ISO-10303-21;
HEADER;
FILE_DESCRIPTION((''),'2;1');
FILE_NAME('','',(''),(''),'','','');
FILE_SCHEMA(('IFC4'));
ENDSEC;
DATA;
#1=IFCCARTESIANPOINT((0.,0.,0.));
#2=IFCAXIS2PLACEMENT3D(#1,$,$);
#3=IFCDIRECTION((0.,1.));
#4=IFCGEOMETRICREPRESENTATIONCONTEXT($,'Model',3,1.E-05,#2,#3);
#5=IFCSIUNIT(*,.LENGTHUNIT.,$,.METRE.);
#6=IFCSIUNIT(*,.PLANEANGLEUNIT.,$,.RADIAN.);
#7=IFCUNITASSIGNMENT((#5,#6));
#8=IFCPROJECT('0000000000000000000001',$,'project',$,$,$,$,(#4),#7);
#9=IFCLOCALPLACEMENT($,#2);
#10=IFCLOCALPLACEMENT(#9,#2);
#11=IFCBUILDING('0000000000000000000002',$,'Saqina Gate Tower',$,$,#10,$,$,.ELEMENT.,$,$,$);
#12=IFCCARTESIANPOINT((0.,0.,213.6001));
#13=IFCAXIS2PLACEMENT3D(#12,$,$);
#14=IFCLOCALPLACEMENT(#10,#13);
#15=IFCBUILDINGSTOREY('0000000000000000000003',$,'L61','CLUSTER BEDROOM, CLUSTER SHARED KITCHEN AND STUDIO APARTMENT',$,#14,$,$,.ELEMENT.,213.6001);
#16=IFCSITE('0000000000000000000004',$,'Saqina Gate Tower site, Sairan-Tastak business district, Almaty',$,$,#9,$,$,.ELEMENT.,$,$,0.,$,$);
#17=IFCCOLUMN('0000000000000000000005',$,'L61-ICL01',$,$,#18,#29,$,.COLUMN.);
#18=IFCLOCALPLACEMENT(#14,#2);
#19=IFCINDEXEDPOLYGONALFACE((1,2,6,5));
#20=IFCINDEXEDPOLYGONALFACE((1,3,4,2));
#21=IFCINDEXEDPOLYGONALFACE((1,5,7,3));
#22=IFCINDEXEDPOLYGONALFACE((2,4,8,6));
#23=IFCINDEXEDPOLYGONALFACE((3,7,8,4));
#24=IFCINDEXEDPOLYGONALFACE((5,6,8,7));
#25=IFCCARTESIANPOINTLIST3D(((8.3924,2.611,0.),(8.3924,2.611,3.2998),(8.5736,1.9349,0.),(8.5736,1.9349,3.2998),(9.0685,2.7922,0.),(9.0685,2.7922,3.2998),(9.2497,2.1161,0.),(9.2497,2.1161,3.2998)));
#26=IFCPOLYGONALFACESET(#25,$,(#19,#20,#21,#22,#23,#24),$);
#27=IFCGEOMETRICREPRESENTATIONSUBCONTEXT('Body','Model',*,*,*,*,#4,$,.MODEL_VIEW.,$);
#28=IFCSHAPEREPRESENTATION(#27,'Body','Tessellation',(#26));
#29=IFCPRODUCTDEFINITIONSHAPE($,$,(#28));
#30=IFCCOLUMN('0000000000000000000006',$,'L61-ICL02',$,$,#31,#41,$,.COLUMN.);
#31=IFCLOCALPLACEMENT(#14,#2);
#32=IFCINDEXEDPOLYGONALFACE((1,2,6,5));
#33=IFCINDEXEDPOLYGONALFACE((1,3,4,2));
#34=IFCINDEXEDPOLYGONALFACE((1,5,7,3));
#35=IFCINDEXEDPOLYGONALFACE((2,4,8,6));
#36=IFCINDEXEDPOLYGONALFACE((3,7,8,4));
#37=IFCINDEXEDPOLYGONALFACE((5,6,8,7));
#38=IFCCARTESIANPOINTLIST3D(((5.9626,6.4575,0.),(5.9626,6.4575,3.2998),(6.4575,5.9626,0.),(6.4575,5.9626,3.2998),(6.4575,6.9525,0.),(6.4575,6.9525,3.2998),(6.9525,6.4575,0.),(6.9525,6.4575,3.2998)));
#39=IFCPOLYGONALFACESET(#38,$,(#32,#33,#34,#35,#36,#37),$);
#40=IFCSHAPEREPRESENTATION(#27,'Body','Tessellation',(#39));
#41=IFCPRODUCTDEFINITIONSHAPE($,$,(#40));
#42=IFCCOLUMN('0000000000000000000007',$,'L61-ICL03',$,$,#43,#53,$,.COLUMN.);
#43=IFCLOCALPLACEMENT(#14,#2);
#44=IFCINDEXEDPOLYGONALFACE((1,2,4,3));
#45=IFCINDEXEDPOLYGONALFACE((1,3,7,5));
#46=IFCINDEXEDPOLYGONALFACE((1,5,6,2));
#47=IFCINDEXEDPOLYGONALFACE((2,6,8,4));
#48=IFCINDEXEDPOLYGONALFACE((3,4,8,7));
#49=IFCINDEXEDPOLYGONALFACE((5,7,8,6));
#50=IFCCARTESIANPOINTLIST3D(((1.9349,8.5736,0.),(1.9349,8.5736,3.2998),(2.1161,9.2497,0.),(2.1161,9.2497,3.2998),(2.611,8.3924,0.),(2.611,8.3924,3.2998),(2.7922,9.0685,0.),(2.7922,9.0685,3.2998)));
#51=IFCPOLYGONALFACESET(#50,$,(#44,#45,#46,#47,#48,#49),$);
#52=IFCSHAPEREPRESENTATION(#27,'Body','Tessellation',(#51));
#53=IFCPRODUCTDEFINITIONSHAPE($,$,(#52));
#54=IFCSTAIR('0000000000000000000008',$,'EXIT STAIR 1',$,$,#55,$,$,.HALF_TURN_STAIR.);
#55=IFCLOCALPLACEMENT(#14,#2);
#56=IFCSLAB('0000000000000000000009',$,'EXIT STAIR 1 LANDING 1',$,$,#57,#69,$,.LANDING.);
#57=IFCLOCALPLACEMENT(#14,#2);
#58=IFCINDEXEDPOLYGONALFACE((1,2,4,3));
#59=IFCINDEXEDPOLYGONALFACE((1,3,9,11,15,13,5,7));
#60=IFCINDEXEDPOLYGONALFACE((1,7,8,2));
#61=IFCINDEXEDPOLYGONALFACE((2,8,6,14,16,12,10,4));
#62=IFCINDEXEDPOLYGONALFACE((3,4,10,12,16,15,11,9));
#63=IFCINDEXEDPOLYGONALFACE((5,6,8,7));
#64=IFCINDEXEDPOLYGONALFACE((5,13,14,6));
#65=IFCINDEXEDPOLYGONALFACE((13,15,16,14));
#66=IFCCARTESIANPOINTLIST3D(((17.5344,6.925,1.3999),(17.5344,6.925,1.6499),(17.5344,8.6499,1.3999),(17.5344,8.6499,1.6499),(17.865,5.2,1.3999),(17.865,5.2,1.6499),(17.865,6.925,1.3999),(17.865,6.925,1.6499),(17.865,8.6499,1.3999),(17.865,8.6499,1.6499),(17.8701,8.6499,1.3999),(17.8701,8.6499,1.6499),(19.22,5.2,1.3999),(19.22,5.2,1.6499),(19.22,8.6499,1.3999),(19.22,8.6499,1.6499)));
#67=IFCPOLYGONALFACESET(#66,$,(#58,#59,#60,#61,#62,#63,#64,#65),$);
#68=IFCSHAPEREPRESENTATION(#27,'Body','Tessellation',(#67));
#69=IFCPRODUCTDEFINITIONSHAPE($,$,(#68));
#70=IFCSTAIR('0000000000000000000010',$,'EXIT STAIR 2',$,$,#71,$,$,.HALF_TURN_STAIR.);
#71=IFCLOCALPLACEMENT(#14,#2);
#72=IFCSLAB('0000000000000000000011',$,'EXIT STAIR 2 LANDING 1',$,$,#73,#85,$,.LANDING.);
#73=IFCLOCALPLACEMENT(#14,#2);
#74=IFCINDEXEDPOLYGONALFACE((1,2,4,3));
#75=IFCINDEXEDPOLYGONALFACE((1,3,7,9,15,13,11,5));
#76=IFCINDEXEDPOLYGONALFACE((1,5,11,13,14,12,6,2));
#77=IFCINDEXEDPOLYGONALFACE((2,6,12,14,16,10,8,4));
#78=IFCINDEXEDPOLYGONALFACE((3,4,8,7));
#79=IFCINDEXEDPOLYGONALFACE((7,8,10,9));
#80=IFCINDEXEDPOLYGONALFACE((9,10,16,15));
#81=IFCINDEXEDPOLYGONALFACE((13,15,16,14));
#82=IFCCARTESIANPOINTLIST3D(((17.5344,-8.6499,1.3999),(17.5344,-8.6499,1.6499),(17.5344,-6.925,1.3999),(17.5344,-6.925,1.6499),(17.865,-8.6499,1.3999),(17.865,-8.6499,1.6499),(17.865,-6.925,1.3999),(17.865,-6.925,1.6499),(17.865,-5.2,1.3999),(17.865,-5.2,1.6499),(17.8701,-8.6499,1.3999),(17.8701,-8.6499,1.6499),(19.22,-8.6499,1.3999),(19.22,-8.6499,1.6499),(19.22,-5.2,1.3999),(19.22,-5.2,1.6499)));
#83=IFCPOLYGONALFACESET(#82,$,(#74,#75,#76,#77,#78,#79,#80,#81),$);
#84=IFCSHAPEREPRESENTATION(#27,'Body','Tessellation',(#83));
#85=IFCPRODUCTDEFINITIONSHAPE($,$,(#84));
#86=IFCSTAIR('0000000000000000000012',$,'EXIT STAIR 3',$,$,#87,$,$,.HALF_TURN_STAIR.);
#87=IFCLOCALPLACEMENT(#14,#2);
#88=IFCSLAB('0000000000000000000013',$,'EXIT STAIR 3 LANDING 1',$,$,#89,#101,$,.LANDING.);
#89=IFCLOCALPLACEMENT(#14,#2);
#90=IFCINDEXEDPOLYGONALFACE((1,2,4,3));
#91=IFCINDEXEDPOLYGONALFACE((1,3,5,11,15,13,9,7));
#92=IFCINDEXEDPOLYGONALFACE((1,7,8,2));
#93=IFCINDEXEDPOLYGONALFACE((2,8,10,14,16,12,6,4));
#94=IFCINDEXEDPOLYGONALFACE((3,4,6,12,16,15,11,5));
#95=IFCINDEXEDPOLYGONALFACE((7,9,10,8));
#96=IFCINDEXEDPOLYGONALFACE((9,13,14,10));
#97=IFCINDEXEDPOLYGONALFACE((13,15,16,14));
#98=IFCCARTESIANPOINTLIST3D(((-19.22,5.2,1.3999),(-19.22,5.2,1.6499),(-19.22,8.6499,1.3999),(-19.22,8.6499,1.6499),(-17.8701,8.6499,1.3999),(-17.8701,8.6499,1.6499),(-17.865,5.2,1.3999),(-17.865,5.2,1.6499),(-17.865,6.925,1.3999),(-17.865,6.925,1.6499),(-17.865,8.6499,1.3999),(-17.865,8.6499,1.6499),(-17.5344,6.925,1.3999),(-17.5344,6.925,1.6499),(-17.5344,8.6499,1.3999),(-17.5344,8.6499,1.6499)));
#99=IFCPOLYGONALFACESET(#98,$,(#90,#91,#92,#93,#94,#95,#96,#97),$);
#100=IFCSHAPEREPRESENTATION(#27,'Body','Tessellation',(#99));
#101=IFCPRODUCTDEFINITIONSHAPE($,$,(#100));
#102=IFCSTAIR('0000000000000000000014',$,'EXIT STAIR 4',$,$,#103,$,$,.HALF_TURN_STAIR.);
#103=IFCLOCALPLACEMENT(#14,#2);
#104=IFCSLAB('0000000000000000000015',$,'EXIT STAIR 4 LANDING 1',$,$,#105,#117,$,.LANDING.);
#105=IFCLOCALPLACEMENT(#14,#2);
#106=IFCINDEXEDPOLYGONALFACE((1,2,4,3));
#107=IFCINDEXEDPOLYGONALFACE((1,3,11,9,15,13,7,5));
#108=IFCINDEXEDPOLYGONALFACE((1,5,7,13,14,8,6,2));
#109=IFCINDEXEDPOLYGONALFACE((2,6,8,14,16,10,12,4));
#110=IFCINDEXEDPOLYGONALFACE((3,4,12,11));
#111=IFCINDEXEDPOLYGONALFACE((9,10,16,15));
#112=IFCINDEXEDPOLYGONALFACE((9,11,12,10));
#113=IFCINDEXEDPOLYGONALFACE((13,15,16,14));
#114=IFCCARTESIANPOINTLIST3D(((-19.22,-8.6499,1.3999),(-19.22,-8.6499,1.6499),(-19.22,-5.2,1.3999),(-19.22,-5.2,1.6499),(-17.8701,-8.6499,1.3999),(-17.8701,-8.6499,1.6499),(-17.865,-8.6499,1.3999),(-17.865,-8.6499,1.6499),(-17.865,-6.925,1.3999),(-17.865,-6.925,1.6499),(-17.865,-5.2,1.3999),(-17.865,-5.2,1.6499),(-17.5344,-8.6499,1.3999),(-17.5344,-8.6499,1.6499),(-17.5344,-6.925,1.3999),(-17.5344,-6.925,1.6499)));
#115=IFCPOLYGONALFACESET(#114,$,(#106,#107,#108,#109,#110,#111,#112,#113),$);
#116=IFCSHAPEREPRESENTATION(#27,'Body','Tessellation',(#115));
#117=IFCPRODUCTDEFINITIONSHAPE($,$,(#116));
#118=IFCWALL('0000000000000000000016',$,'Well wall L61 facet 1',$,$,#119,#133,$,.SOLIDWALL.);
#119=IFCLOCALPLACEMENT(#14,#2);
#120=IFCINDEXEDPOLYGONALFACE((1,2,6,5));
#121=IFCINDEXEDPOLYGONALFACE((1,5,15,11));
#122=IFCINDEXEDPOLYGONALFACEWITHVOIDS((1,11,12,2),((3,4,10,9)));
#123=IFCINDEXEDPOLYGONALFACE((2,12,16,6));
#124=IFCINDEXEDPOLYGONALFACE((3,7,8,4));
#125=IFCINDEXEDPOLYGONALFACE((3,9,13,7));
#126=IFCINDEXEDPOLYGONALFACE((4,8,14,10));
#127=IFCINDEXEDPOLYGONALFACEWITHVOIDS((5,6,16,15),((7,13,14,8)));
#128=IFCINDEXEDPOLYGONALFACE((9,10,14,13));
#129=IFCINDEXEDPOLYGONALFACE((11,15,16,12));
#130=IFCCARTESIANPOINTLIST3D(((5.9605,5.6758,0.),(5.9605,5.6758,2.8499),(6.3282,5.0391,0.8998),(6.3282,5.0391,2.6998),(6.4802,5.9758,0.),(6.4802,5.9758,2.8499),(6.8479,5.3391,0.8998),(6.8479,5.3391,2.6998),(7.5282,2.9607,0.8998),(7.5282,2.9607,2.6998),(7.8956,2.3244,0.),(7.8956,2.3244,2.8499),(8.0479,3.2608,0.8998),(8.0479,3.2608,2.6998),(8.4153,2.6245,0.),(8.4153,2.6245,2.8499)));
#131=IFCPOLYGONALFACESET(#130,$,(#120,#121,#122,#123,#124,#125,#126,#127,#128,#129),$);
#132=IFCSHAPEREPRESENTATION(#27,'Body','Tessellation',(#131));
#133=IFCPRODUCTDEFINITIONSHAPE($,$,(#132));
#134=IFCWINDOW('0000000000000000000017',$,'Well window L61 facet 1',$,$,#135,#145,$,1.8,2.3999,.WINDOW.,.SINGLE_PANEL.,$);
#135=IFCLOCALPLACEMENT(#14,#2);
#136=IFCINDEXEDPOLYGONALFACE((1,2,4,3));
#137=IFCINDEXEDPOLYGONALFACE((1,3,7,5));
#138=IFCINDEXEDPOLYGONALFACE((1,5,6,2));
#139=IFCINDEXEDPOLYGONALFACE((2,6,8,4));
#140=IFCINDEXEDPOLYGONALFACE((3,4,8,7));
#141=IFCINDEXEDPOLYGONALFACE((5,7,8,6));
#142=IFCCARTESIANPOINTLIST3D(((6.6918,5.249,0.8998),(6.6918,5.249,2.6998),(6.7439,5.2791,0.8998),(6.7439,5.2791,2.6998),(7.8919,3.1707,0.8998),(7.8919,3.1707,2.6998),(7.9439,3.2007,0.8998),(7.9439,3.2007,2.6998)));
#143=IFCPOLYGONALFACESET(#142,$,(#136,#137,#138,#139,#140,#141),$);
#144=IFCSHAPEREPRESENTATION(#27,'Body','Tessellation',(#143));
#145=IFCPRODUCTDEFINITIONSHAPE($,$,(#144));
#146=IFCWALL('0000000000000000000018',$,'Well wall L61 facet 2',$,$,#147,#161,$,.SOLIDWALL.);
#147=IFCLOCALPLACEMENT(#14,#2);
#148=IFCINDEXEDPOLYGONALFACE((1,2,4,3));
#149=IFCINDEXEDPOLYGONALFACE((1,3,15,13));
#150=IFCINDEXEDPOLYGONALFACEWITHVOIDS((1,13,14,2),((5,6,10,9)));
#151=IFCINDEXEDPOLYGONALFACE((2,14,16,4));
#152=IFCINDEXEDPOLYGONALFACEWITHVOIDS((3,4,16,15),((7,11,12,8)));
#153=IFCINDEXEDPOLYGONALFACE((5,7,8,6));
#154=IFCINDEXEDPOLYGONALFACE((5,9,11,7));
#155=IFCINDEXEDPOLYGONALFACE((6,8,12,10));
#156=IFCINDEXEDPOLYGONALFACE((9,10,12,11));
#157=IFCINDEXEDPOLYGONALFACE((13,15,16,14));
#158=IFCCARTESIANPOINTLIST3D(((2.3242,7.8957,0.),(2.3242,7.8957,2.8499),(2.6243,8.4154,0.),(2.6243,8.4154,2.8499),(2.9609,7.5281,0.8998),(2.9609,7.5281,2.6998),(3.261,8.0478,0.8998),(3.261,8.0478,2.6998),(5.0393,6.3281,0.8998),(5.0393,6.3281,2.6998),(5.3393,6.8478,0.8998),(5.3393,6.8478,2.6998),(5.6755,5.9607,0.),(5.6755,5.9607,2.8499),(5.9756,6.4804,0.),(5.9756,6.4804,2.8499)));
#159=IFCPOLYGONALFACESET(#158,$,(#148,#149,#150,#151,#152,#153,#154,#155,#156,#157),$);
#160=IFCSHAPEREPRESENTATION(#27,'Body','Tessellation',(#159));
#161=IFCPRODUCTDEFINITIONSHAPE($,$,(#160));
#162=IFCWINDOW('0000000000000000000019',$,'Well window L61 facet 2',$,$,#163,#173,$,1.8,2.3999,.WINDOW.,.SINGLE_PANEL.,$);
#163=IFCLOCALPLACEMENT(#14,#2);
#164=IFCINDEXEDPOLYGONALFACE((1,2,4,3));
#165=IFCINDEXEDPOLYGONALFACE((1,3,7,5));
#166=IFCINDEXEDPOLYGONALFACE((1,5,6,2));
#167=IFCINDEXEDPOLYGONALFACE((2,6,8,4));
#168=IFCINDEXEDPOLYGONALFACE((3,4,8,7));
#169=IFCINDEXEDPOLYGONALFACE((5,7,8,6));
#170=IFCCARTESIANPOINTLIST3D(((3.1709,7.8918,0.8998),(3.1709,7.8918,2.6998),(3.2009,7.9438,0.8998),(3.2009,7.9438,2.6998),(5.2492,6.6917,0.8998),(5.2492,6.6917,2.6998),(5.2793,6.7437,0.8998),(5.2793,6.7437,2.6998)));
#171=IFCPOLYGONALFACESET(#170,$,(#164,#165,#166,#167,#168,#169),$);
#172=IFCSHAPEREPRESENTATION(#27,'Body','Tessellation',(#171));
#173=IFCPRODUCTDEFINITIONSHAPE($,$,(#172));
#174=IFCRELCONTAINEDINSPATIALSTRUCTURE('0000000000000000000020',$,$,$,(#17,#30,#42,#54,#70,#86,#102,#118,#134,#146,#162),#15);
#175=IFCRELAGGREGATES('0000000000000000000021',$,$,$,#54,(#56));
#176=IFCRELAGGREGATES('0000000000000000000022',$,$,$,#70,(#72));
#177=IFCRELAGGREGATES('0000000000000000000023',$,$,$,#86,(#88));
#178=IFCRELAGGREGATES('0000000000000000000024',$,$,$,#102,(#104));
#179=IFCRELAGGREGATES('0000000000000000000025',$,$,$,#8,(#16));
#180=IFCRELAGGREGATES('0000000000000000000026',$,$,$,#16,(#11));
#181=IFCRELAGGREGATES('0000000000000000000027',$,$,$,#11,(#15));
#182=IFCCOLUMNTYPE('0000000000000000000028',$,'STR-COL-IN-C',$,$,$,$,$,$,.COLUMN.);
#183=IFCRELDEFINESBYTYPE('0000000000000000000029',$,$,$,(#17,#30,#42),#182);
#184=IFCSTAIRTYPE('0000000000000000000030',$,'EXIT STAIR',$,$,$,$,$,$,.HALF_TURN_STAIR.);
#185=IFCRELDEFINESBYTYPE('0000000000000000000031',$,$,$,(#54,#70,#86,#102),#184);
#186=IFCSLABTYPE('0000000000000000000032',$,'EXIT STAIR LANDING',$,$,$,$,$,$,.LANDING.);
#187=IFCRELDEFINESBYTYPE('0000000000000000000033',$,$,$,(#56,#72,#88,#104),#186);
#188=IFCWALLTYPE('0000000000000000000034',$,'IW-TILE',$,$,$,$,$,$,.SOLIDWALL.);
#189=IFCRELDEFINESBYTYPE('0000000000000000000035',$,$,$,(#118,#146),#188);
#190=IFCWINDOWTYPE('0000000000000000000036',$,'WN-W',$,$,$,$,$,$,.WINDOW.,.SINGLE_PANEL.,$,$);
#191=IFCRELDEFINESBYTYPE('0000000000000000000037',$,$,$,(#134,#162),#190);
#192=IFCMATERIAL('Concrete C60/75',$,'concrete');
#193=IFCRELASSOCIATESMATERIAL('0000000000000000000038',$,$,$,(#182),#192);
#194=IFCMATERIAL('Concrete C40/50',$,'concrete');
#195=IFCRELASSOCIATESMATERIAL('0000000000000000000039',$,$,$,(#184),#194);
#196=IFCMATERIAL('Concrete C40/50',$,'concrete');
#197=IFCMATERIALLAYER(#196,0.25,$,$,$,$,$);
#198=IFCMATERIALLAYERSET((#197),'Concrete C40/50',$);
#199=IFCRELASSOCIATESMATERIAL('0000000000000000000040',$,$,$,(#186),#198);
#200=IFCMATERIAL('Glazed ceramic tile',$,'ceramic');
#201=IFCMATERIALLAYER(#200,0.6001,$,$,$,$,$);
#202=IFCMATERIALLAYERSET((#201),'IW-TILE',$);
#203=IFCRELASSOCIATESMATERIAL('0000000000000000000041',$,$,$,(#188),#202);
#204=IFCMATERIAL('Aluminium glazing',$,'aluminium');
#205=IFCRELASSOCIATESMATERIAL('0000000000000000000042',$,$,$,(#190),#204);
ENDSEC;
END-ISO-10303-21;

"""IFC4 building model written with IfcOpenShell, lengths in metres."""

from ifc_helpers import new_model, si_unit, direction, frame, frame_2d, origin, origin_2d, place, context, subcontext, project, spatial, polyline, rectangle, outline, extrude, material, layer, layer_set, material_profile, profile_set, type_object, element, fill, aggregate, save


model = new_model("IFC4")

# Units and contexts
model_context = context("Model", 3, precision=1e-05, world=origin(), true_north=direction((0.0, 1.0)))
body_context = subcontext(model_context, "Body", "Model", "MODEL_VIEW")
ifc_project = project(units=[si_unit("LENGTHUNIT", "METRE"), si_unit("PLANEANGLEUNIT", "RADIAN")], contexts=[model_context])

# Site, building, storey
site_placement = place(None, origin())
site = spatial("IfcSite", under=ifc_project, at=site_placement, Name="Saqina Gate Tower site, Sairan-Tastak business district, Almaty", CompositionType="ELEMENT", RefElevation=0.0)
building_placement = place(site_placement, origin())
building = spatial("IfcBuilding", under=site, at=building_placement, Name="Saqina Gate Tower", CompositionType="ELEMENT")
storey_placement = place(building_placement, frame((0.0, 0.0, 213.6001)))
storey = spatial("IfcBuildingStorey", under=building, at=storey_placement, Name="L61", Description="CLUSTER BEDROOM, CLUSTER SHARED KITCHEN AND STUDIO APARTMENT", CompositionType="ELEMENT", Elevation=213.6001)

# Columns
ifc_material_1 = material(Name="Concrete C60/75", Category="concrete")
ifc_material_profile = material_profile(ifc_material_1, rectangle(XDim=0.7, YDim=0.7, at=origin_2d()), Name="RC 700x700")
ifc_profile_set = profile_set([ifc_material_profile], Name="Concrete C60/75")
column_type = type_object("IfcColumnType", Name="STR-COL-IN-C", PredefinedType="COLUMN", material=ifc_profile_set)
for number, where, z_axis, x_axis, name in (
    (1, (8.821, 2.3635, 0.0), (0.0, 0.0, 1.0), (0.965926, 0.258819, 0.0), "L61-ICL01"),
    (2, (6.4575, 6.4575, 0.0), (0.0, 0.0, 1.0), (0.707107, 0.707107, 0.0), "L61-ICL02"),
    (3, (2.3635, 8.821, 0.0), (0.0, 0.0, 1.0), (0.258819, 0.965926, 0.0), "L61-ICL03"),
):
    element("IfcColumn", number, at=place(storey_placement, frame(where, z_axis=z_axis, x_axis=x_axis)), inside=storey, type_object=column_type, Name=name, PredefinedType="COLUMN", context=body_context, shape_type="SweptSolid", body=[
        extrude(rectangle(XDim=0.7, YDim=0.7, at=origin_2d()), origin(), (0.0, 0.0, 1.0), 3.2998),
    ])

# Stairs, slabs
ifc_material_2 = material(Name="Concrete C40/50", Category="concrete")
stair_type = type_object("IfcStairType", Name="EXIT STAIR", PredefinedType="HALF_TURN_STAIR", material=ifc_material_2)
stair_1_placement = place(storey_placement, origin())
stair_1 = element("IfcStair", 4, at=stair_1_placement, inside=storey, type_object=stair_type, Name="EXIT STAIR 1", PredefinedType="HALF_TURN_STAIR")
ifc_material_3 = material(Name="Concrete C40/50", Category="concrete")
ifc_layer_1 = layer(ifc_material_3, 0.25)
ifc_layer_set_1 = layer_set([ifc_layer_1], Name="Concrete C40/50")
slab_type = type_object("IfcSlabType", Name="EXIT STAIR LANDING", PredefinedType="LANDING", material=ifc_layer_set_1)
slab_1_placement = place(storey_placement, frame((0.0, 0.0, 1.3999)))
slab_1 = element("IfcSlab", 5, at=slab_1_placement, type_object=slab_type, Name="EXIT STAIR 1 LANDING 1", PredefinedType="LANDING", context=body_context, shape_type="SweptSolid", body=[
    extrude(outline(polyline([(19.22, 8.6499), (19.22, 5.2), (17.865, 5.2), (17.865, 6.925), (17.5344, 6.925), (17.5344, 8.6499), (17.865, 8.6499), (17.8701, 8.6499), (19.22, 8.6499)])), origin(), (0.0, 0.0, 1.0), 0.25),
])
aggregate(stair_1, [slab_1])
stair_2_placement = place(storey_placement, origin())
stair_2 = element("IfcStair", 6, at=stair_2_placement, inside=storey, type_object=stair_type, Name="EXIT STAIR 2", PredefinedType="HALF_TURN_STAIR")
slab_2_placement = place(storey_placement, frame((0.0, 0.0, 1.3999)))
slab_2 = element("IfcSlab", 7, at=slab_2_placement, type_object=slab_type, Name="EXIT STAIR 2 LANDING 1", PredefinedType="LANDING", context=body_context, shape_type="SweptSolid", body=[
    extrude(outline(polyline([(17.5344, -8.6499), (17.5344, -6.925), (17.865, -6.925), (17.865, -5.2), (19.22, -5.2), (19.22, -8.6499), (17.8701, -8.6499), (17.865, -8.6499), (17.5344, -8.6499)])), origin(), (0.0, 0.0, 1.0), 0.25),
])
aggregate(stair_2, [slab_2])
stair_3_placement = place(storey_placement, origin())
stair_3 = element("IfcStair", 8, at=stair_3_placement, inside=storey, type_object=stair_type, Name="EXIT STAIR 3", PredefinedType="HALF_TURN_STAIR")
slab_3_placement = place(storey_placement, frame((0.0, 0.0, 1.3999)))
slab_3 = element("IfcSlab", 9, at=slab_3_placement, type_object=slab_type, Name="EXIT STAIR 3 LANDING 1", PredefinedType="LANDING", context=body_context, shape_type="SweptSolid", body=[
    extrude(outline(polyline([(-17.865, 5.2), (-19.22, 5.2), (-19.22, 8.6499), (-17.8701, 8.6499), (-17.865, 8.6499), (-17.5344, 8.6499), (-17.5344, 6.925), (-17.865, 6.925), (-17.865, 5.2)])), origin(), (0.0, 0.0, 1.0), 0.25),
])
aggregate(stair_3, [slab_3])
stair_4_placement = place(storey_placement, origin())
stair_4 = element("IfcStair", 10, at=stair_4_placement, inside=storey, type_object=stair_type, Name="EXIT STAIR 4", PredefinedType="HALF_TURN_STAIR")
slab_4_placement = place(storey_placement, frame((0.0, 0.0, 1.3999)))
slab_4 = element("IfcSlab", 11, at=slab_4_placement, type_object=slab_type, Name="EXIT STAIR 4 LANDING 1", PredefinedType="LANDING", context=body_context, shape_type="SweptSolid", body=[
    extrude(outline(polyline([(-17.5344, -6.925), (-17.5344, -8.6499), (-17.865, -8.6499), (-17.8701, -8.6499), (-19.22, -8.6499), (-19.22, -5.2), (-17.865, -5.2), (-17.865, -6.925), (-17.5344, -6.925)])), origin(), (0.0, 0.0, 1.0), 0.25),
])
aggregate(stair_4, [slab_4])

# Walls, openings, windows
ifc_material_4 = material(Name="Glazed ceramic tile", Category="ceramic")
ifc_layer_2 = layer(ifc_material_4, 0.6001)
ifc_layer_set_2 = layer_set([ifc_layer_2], Name="IW-TILE")
wall_type_1 = type_object("IfcWallType", Name="IW-TILE", PredefinedType="SOLIDWALL", material=ifc_layer_set_2)
wall_1_placement = place(storey_placement, frame((8.1555, 2.4744, 0.0), z_axis=(0.0, 0.0, 1.0), x_axis=(-0.500034, 0.866006, 0.0)))
wall_1 = element("IfcWall", 12, at=wall_1_placement, inside=storey, type_object=wall_type_1, Name="Well wall L61 facet 1", PredefinedType="SOLIDWALL", context=body_context, shape_type="SweptSolid", body=[
    extrude(rectangle(XDim=3.8699, YDim=0.6001, at=frame_2d((1.9351, 0.0))), origin(), (0.0, 0.0, 1.0), 2.8499),
])
opening_1_placement = place(wall_1_placement, frame((0.7349, 0.0, 0.8999)))
opening_1 = element("IfcOpeningElement", 13, at=opening_1_placement, cuts=wall_1, PredefinedType="OPENING", context=body_context, shape_type="SweptSolid", body=[
    extrude(rectangle(XDim=2.3999, YDim=1.8, at=frame_2d((1.2, 0.8999))), frame((0.0, 0.312, 0.0), z_axis=(0.0, -1.0, 0.0), x_axis=(1.0, 0.0, 0.0)), (0.0, 0.0, 1.0), 0.624),
])
ifc_material_5 = material(Name="Aluminium glazing", Category="aluminium")
window_type = type_object("IfcWindowType", Name="WN-W", PartitioningType="SINGLE_PANEL", PredefinedType="WINDOW", material=ifc_material_5)
window_1_placement = place(opening_1_placement, origin())
window_1 = element("IfcWindow", 14, at=window_1_placement, inside=storey, type_object=window_type, Name="Well window L61 facet 1", OverallHeight=1.8, OverallWidth=2.3999, PartitioningType="SINGLE_PANEL", PredefinedType="WINDOW", context=body_context, shape_type="SweptSolid", body=[
    extrude(rectangle(XDim=2.3999, YDim=1.8, at=frame_2d((1.2, 0.8999))), frame((0.0, -0.1199, 0.0), z_axis=(0.0, -1.0, 0.0), x_axis=(1.0, 0.0, 0.0)), (0.0, 0.0, 1.0), 0.0601),
])
fill(opening_1, window_1)
wall_2_placement = place(storey_placement, frame((5.8257, 6.2205, 0.0), z_axis=(0.0, 0.0, 1.0), x_axis=(-0.866006, 0.500034, 0.0)))
wall_2 = element("IfcWall", 15, at=wall_2_placement, inside=storey, type_object=wall_type_1, Name="Well wall L61 facet 2", PredefinedType="SOLIDWALL", context=body_context, shape_type="SweptSolid", body=[
    extrude(rectangle(XDim=3.8699, YDim=0.6001, at=frame_2d((1.9351, 0.0))), origin(), (0.0, 0.0, 1.0), 2.8499),
])
opening_2_placement = place(wall_2_placement, frame((0.7349, 0.0, 0.8999)))
opening_2 = element("IfcOpeningElement", 16, at=opening_2_placement, cuts=wall_2, PredefinedType="OPENING", context=body_context, shape_type="SweptSolid", body=[
    extrude(rectangle(XDim=2.3999, YDim=1.8, at=frame_2d((1.2, 0.8999))), frame((0.0, 0.312, 0.0), z_axis=(0.0, -1.0, 0.0), x_axis=(1.0, 0.0, 0.0)), (0.0, 0.0, 1.0), 0.624),
])
window_2_placement = place(opening_2_placement, origin())
window_2 = element("IfcWindow", 17, at=window_2_placement, inside=storey, type_object=window_type, Name="Well window L61 facet 2", OverallHeight=1.8, OverallWidth=2.3999, PartitioningType="SINGLE_PANEL", PredefinedType="WINDOW", context=body_context, shape_type="SweptSolid", body=[
    extrude(rectangle(XDim=2.3999, YDim=1.8, at=frame_2d((1.2, 0.8999))), frame((0.0, -0.1199, 0.0), z_axis=(0.0, -1.0, 0.0), x_axis=(1.0, 0.0, 0.0)), (0.0, 0.0, 1.0), 0.0601),
])
fill(opening_2, window_2)

save(model, "model.ifc")
